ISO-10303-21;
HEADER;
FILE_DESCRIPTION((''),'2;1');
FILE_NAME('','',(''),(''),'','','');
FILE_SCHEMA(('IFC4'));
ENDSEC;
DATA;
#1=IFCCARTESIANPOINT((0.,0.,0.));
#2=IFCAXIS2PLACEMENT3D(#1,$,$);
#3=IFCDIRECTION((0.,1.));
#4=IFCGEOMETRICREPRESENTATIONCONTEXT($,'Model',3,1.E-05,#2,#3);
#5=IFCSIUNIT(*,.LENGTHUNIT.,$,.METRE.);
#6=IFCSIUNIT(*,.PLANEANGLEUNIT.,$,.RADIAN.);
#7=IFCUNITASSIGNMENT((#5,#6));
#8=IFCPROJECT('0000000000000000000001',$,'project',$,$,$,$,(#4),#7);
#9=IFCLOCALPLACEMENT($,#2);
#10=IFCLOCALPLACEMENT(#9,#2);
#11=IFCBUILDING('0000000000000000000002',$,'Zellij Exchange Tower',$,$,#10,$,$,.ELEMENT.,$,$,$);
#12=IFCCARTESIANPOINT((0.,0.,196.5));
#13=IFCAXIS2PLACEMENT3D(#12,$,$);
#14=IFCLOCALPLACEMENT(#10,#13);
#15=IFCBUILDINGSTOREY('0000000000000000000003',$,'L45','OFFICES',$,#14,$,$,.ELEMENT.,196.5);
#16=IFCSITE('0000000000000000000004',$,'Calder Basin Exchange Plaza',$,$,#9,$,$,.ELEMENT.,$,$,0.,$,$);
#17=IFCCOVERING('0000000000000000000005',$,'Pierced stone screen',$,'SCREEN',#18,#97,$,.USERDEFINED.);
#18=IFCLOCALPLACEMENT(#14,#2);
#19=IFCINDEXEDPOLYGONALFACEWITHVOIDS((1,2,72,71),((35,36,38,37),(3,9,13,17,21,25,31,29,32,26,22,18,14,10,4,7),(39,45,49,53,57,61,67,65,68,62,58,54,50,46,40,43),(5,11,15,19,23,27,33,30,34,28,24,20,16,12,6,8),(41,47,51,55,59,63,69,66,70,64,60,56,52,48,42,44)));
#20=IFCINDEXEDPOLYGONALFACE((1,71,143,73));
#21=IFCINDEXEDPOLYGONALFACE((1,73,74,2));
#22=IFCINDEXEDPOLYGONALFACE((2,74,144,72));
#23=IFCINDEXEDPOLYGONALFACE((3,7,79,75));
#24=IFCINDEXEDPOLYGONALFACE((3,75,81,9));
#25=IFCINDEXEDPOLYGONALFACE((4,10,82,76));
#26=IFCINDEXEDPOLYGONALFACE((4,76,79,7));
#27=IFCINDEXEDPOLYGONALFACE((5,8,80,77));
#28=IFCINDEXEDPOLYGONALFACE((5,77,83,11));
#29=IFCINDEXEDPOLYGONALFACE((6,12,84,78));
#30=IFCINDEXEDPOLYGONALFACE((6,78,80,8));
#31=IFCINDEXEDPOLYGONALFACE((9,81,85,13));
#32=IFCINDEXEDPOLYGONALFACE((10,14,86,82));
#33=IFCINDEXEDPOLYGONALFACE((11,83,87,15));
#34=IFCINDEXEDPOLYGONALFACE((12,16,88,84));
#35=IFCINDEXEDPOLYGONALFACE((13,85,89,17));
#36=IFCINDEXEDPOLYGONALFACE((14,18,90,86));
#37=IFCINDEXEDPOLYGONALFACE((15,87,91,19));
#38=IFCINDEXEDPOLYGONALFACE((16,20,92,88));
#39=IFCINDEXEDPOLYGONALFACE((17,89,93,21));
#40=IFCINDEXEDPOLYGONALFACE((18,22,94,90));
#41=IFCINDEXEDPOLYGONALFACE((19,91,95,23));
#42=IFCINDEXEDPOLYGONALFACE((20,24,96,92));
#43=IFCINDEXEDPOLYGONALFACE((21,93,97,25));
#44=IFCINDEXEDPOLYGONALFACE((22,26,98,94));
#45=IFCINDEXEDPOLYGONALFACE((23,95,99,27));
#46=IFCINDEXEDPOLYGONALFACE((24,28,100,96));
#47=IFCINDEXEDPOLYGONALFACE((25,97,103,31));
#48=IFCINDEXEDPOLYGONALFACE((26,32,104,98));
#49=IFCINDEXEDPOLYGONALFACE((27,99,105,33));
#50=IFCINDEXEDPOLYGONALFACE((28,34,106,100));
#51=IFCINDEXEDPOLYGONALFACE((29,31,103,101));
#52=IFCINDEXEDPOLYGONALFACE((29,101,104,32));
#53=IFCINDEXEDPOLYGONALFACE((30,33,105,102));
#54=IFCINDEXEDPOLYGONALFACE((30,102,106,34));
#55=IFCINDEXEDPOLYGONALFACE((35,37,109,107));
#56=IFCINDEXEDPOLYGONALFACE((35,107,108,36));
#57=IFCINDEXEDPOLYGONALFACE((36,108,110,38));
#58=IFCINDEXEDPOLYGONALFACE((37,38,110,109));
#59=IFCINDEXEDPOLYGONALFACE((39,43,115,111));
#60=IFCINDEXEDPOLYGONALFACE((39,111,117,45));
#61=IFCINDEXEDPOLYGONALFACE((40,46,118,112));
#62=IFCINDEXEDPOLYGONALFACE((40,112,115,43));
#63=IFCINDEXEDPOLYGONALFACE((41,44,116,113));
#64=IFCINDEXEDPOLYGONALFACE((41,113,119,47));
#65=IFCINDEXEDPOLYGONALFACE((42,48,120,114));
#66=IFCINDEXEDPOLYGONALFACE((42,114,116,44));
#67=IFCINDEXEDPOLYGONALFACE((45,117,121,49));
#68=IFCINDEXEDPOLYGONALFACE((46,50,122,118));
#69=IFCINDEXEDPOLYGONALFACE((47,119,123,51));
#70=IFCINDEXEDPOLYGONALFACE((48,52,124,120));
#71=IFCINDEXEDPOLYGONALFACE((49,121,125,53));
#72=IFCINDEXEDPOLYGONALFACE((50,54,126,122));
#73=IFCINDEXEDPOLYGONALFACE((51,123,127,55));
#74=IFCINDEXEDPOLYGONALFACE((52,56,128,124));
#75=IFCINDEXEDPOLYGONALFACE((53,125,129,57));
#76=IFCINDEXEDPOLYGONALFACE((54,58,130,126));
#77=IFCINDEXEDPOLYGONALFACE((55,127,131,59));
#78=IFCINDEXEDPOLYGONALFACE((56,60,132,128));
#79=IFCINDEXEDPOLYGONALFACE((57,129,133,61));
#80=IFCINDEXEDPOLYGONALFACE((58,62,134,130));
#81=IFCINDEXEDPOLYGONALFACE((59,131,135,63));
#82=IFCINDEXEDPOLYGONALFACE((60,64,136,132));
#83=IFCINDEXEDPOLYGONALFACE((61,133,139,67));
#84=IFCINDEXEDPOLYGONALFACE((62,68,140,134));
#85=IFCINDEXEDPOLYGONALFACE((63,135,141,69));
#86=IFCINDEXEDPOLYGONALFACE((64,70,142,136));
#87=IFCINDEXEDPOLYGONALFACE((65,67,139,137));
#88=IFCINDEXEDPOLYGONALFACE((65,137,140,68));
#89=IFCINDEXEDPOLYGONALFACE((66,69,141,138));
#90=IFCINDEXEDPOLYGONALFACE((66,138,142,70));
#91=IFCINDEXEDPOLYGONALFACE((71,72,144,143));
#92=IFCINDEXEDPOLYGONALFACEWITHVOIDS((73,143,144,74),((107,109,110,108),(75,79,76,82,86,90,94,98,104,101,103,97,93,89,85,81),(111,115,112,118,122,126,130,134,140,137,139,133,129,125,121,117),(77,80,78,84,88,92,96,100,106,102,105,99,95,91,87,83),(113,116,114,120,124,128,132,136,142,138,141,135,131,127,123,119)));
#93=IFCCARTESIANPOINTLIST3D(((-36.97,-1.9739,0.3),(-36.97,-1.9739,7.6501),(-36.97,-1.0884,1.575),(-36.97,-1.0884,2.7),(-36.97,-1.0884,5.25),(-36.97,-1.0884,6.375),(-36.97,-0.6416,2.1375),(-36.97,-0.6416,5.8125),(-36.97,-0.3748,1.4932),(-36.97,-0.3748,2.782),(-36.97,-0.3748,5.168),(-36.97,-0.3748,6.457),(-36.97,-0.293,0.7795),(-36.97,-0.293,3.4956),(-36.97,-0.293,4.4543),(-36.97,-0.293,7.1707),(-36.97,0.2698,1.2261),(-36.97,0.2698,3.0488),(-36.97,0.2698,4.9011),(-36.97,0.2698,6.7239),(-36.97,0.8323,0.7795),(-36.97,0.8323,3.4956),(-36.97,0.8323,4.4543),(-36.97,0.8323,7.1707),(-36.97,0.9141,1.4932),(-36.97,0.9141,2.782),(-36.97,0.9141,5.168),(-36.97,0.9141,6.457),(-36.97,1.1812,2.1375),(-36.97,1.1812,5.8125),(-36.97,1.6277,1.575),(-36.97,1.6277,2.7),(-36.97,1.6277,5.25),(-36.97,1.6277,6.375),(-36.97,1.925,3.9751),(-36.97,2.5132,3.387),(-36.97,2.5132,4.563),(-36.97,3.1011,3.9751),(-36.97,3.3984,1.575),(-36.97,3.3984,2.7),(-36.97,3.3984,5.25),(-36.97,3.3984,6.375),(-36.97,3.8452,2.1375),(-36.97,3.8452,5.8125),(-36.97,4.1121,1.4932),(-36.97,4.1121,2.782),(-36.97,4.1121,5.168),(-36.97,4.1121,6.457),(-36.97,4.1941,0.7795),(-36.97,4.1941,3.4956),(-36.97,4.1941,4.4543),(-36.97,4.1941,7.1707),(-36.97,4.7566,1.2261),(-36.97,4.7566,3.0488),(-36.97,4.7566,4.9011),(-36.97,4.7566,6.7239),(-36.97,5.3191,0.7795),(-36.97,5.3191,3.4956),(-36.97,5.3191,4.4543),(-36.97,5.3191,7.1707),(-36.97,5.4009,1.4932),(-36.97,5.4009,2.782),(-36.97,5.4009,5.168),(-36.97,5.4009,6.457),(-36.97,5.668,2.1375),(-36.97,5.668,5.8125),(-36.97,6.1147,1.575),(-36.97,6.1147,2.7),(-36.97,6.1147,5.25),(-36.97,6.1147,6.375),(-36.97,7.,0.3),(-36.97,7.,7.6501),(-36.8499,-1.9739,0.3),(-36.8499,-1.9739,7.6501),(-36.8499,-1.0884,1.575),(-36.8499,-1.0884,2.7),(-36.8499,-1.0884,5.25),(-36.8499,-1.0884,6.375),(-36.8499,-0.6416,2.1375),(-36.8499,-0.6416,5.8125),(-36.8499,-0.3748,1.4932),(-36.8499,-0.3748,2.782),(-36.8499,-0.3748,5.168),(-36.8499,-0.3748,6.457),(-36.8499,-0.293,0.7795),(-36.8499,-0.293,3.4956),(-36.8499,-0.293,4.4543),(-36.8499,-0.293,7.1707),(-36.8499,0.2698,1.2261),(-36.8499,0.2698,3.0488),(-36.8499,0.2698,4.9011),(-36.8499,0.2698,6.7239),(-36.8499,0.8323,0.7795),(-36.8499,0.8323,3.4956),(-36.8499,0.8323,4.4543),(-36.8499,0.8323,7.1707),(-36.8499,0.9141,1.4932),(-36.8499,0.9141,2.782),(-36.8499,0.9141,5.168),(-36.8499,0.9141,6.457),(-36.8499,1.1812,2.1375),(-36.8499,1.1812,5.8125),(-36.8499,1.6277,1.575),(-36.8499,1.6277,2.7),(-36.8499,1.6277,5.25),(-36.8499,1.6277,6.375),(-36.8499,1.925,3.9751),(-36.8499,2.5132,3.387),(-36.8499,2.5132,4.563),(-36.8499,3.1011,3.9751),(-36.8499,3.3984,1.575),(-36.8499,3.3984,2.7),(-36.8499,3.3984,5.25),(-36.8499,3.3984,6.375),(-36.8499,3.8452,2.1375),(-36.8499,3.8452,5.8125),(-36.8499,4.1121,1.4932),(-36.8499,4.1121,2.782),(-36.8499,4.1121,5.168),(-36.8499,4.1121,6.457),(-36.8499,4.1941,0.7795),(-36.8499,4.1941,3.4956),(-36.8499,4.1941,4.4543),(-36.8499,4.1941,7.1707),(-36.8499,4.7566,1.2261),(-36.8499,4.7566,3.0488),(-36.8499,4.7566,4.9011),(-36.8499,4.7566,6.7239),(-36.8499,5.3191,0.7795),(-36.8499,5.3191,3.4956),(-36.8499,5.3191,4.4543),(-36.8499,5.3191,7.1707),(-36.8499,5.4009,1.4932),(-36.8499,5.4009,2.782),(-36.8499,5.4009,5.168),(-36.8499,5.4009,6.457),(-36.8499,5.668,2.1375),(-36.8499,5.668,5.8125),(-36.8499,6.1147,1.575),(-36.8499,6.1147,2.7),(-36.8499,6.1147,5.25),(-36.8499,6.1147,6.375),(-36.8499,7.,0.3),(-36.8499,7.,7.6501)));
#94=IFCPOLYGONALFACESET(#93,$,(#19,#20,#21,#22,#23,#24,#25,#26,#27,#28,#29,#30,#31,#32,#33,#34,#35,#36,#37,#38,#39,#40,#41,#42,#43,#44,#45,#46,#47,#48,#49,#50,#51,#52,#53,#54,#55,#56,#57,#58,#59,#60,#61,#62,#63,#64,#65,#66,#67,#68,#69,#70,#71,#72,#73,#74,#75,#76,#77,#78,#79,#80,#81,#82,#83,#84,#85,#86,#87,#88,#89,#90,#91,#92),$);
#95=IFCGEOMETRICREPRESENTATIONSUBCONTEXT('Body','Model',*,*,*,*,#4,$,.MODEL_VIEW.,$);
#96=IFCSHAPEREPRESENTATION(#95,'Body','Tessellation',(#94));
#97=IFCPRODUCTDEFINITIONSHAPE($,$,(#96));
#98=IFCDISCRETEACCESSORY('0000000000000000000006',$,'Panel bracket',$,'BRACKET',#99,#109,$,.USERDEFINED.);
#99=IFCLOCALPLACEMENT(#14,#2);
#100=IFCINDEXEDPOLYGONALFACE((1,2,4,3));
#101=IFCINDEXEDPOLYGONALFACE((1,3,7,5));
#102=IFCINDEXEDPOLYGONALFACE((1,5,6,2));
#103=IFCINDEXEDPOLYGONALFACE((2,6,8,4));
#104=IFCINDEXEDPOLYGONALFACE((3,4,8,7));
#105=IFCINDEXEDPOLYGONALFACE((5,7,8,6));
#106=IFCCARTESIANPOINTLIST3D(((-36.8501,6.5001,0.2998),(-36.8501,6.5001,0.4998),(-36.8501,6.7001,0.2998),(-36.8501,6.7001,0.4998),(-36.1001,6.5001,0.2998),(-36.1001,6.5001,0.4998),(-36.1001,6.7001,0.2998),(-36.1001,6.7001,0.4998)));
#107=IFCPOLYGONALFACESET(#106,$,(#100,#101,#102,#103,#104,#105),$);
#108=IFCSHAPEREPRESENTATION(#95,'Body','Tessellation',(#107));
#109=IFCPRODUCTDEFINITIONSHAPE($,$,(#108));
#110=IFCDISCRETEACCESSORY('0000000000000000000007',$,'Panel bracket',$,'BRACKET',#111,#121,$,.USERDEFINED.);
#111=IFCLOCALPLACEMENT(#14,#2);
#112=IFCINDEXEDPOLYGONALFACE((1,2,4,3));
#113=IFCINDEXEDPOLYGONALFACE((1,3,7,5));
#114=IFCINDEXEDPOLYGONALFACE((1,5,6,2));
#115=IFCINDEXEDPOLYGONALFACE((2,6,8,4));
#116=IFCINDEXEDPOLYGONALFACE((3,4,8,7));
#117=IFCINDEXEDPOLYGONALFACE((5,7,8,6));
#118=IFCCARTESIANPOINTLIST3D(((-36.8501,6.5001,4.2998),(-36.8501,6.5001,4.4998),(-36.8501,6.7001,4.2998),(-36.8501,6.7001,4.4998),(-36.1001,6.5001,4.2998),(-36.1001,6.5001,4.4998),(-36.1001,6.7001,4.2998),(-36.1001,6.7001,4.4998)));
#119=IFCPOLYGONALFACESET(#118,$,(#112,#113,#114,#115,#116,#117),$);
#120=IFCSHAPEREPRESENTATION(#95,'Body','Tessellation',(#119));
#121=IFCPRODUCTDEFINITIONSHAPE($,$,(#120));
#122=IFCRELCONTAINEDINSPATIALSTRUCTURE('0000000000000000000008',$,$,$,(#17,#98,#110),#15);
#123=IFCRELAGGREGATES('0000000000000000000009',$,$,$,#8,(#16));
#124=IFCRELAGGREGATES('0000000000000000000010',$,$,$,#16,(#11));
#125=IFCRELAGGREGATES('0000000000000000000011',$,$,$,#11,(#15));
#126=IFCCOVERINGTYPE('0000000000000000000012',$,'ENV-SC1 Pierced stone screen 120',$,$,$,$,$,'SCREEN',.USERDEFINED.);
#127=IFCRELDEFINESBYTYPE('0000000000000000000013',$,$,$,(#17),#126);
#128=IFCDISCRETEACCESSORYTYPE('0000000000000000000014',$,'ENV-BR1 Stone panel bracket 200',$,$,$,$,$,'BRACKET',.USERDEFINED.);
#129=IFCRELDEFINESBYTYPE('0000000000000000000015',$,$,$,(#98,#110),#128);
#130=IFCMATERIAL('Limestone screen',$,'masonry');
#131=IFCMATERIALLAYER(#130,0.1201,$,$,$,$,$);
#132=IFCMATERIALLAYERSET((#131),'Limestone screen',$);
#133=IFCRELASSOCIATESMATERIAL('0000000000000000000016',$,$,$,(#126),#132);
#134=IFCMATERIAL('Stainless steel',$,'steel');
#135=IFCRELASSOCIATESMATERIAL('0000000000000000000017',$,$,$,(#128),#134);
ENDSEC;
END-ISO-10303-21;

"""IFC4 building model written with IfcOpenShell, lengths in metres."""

from ifc_helpers import new_model, si_unit, direction, frame, origin, origin_2d, place, context, subcontext, project, spatial, polyline, rectangle, outline, extrude, material, layer, layer_set, type_object, element, save


model = new_model("IFC4")

# Units and contexts
model_context = context("Model", 3, precision=1e-05, world=origin(), true_north=direction((0.0, 1.0)))
body_context = subcontext(model_context, "Body", "Model", "MODEL_VIEW")
ifc_project = project(units=[si_unit("LENGTHUNIT", "METRE"), si_unit("PLANEANGLEUNIT", "RADIAN")], contexts=[model_context])

# Site, building, storey
site_placement = place(None, origin())
site = spatial("IfcSite", under=ifc_project, at=site_placement, Name="Calder Basin Exchange Plaza", CompositionType="ELEMENT", RefElevation=0.0)
building_placement = place(site_placement, origin())
building = spatial("IfcBuilding", under=site, at=building_placement, Name="Zellij Exchange Tower", CompositionType="ELEMENT")
storey_placement = place(building_placement, frame((0.0, 0.0, 196.5)))
storey = spatial("IfcBuildingStorey", under=building, at=storey_placement, Name="L45", Description="OFFICES", CompositionType="ELEMENT", Elevation=196.5)

# Covering
ifc_material_1 = material(Name="Limestone screen", Category="masonry")
ifc_layer_1 = layer(ifc_material_1, 0.1201)
ifc_layer_set_1 = layer_set([ifc_layer_1], Name="Limestone screen")
covering_type = type_object("IfcCoveringType", Name="ENV-SC1 Pierced stone screen 120", ElementType="SCREEN", PredefinedType="USERDEFINED", material=ifc_layer_set_1)
covering_placement = place(storey_placement, frame((-36.9099, 7.0, 0.3), z_axis=(0.0, 0.0, 1.0), x_axis=(0.0, -1.0, 0.0)))
element("IfcCovering", 1, at=covering_placement, inside=storey, type_object=covering_type, Name="Pierced stone screen", ObjectType="SCREEN", PredefinedType="USERDEFINED", context=body_context, shape_type="SweptSolid", body=[
    extrude(outline(polyline([(0.0, 0.0), (8.9739, 0.0), (8.9739, 7.3501), (0.0, 7.3501), (0.0, 0.0)]), holes=[polyline([(3.6016, 2.3999), (2.8879, 2.4819), (2.8059, 3.1956), (2.2434, 2.7488), (1.6809, 3.1956), (1.5991, 2.4819), (0.8853, 2.3999), (1.332, 1.8374), (0.8853, 1.2749), (1.5991, 1.1931), (1.6809, 0.4795), (2.2434, 0.926), (2.8059, 0.4795), (2.8879, 1.1931), (3.6016, 1.2749), (3.1548, 1.8374), (3.6016, 2.3999)]), polyline([(3.6016, 6.075), (2.8879, 6.157), (2.8059, 6.8706), (2.2434, 6.4238), (1.6809, 6.8706), (1.5991, 6.157), (0.8853, 6.075), (1.332, 5.5125), (0.8853, 4.95), (1.5991, 4.8679), (1.6809, 4.1543), (2.2434, 4.6011), (2.8059, 4.1543), (2.8879, 4.8679), (3.6016, 4.95), (3.1548, 5.5125), (3.6016, 6.075)]), polyline([(8.0884, 2.3999), (7.3748, 2.4819), (7.293, 3.1956), (6.7302, 2.7488), (6.1677, 3.1956), (6.0859, 2.4819), (5.3723, 2.3999), (5.8188, 1.8374), (5.3723, 1.2749), (6.0859, 1.1931), (6.1677, 0.4795), (6.7302, 0.926), (7.293, 0.4795), (7.3748, 1.1931), (8.0884, 1.2749), (7.6416, 1.8374), (8.0884, 2.3999)]), polyline([(8.0884, 6.075), (7.3748, 6.157), (7.293, 6.8706), (6.7302, 6.4238), (6.1677, 6.8706), (6.0859, 6.157), (5.3723, 6.075), (5.8188, 5.5125), (5.3723, 4.95), (6.0859, 4.8679), (6.1677, 4.1543), (6.7302, 4.6011), (7.293, 4.1543), (7.3748, 4.8679), (8.0884, 4.95), (7.6416, 5.5125), (8.0884, 6.075)]), polyline([(5.075, 3.675), (4.4868, 4.2629), (3.8989, 3.675), (4.4868, 3.0869), (5.075, 3.675)])]), frame((0.0, 0.0601, 0.0), z_axis=(0.0, -1.0, 0.0), x_axis=(1.0, 0.0, 0.0)), (0.0, 0.0, 1.0), 0.1201),
])

# Discrete accessories
ifc_material_2 = material(Name="Stainless steel", Category="steel")
discrete_accessory_type = type_object("IfcDiscreteAccessoryType", Name="ENV-BR1 Stone panel bracket 200", ElementType="BRACKET", PredefinedType="USERDEFINED", material=ifc_material_2)
for number, where, z_axis, x_axis, name in (
    (2, (-36.4751, 6.6001, 0.2998), (0.0, 0.0, 1.0), (0.0, -1.0, 0.0), "Panel bracket"),
    (3, (-36.4751, 6.6001, 4.2998), (0.0, 0.0, 1.0), (0.0, -1.0, 0.0), "Panel bracket"),
):
    element("IfcDiscreteAccessory", number, at=place(storey_placement, frame(where, z_axis=z_axis, x_axis=x_axis)), inside=storey, type_object=discrete_accessory_type, Name=name, ObjectType="BRACKET", PredefinedType="USERDEFINED", context=body_context, shape_type="SweptSolid", body=[
        extrude(rectangle(XDim=0.2, YDim=0.75, at=origin_2d()), origin(), (0.0, 0.0, 1.0), 0.2),
    ])

save(model, "model.ifc")
